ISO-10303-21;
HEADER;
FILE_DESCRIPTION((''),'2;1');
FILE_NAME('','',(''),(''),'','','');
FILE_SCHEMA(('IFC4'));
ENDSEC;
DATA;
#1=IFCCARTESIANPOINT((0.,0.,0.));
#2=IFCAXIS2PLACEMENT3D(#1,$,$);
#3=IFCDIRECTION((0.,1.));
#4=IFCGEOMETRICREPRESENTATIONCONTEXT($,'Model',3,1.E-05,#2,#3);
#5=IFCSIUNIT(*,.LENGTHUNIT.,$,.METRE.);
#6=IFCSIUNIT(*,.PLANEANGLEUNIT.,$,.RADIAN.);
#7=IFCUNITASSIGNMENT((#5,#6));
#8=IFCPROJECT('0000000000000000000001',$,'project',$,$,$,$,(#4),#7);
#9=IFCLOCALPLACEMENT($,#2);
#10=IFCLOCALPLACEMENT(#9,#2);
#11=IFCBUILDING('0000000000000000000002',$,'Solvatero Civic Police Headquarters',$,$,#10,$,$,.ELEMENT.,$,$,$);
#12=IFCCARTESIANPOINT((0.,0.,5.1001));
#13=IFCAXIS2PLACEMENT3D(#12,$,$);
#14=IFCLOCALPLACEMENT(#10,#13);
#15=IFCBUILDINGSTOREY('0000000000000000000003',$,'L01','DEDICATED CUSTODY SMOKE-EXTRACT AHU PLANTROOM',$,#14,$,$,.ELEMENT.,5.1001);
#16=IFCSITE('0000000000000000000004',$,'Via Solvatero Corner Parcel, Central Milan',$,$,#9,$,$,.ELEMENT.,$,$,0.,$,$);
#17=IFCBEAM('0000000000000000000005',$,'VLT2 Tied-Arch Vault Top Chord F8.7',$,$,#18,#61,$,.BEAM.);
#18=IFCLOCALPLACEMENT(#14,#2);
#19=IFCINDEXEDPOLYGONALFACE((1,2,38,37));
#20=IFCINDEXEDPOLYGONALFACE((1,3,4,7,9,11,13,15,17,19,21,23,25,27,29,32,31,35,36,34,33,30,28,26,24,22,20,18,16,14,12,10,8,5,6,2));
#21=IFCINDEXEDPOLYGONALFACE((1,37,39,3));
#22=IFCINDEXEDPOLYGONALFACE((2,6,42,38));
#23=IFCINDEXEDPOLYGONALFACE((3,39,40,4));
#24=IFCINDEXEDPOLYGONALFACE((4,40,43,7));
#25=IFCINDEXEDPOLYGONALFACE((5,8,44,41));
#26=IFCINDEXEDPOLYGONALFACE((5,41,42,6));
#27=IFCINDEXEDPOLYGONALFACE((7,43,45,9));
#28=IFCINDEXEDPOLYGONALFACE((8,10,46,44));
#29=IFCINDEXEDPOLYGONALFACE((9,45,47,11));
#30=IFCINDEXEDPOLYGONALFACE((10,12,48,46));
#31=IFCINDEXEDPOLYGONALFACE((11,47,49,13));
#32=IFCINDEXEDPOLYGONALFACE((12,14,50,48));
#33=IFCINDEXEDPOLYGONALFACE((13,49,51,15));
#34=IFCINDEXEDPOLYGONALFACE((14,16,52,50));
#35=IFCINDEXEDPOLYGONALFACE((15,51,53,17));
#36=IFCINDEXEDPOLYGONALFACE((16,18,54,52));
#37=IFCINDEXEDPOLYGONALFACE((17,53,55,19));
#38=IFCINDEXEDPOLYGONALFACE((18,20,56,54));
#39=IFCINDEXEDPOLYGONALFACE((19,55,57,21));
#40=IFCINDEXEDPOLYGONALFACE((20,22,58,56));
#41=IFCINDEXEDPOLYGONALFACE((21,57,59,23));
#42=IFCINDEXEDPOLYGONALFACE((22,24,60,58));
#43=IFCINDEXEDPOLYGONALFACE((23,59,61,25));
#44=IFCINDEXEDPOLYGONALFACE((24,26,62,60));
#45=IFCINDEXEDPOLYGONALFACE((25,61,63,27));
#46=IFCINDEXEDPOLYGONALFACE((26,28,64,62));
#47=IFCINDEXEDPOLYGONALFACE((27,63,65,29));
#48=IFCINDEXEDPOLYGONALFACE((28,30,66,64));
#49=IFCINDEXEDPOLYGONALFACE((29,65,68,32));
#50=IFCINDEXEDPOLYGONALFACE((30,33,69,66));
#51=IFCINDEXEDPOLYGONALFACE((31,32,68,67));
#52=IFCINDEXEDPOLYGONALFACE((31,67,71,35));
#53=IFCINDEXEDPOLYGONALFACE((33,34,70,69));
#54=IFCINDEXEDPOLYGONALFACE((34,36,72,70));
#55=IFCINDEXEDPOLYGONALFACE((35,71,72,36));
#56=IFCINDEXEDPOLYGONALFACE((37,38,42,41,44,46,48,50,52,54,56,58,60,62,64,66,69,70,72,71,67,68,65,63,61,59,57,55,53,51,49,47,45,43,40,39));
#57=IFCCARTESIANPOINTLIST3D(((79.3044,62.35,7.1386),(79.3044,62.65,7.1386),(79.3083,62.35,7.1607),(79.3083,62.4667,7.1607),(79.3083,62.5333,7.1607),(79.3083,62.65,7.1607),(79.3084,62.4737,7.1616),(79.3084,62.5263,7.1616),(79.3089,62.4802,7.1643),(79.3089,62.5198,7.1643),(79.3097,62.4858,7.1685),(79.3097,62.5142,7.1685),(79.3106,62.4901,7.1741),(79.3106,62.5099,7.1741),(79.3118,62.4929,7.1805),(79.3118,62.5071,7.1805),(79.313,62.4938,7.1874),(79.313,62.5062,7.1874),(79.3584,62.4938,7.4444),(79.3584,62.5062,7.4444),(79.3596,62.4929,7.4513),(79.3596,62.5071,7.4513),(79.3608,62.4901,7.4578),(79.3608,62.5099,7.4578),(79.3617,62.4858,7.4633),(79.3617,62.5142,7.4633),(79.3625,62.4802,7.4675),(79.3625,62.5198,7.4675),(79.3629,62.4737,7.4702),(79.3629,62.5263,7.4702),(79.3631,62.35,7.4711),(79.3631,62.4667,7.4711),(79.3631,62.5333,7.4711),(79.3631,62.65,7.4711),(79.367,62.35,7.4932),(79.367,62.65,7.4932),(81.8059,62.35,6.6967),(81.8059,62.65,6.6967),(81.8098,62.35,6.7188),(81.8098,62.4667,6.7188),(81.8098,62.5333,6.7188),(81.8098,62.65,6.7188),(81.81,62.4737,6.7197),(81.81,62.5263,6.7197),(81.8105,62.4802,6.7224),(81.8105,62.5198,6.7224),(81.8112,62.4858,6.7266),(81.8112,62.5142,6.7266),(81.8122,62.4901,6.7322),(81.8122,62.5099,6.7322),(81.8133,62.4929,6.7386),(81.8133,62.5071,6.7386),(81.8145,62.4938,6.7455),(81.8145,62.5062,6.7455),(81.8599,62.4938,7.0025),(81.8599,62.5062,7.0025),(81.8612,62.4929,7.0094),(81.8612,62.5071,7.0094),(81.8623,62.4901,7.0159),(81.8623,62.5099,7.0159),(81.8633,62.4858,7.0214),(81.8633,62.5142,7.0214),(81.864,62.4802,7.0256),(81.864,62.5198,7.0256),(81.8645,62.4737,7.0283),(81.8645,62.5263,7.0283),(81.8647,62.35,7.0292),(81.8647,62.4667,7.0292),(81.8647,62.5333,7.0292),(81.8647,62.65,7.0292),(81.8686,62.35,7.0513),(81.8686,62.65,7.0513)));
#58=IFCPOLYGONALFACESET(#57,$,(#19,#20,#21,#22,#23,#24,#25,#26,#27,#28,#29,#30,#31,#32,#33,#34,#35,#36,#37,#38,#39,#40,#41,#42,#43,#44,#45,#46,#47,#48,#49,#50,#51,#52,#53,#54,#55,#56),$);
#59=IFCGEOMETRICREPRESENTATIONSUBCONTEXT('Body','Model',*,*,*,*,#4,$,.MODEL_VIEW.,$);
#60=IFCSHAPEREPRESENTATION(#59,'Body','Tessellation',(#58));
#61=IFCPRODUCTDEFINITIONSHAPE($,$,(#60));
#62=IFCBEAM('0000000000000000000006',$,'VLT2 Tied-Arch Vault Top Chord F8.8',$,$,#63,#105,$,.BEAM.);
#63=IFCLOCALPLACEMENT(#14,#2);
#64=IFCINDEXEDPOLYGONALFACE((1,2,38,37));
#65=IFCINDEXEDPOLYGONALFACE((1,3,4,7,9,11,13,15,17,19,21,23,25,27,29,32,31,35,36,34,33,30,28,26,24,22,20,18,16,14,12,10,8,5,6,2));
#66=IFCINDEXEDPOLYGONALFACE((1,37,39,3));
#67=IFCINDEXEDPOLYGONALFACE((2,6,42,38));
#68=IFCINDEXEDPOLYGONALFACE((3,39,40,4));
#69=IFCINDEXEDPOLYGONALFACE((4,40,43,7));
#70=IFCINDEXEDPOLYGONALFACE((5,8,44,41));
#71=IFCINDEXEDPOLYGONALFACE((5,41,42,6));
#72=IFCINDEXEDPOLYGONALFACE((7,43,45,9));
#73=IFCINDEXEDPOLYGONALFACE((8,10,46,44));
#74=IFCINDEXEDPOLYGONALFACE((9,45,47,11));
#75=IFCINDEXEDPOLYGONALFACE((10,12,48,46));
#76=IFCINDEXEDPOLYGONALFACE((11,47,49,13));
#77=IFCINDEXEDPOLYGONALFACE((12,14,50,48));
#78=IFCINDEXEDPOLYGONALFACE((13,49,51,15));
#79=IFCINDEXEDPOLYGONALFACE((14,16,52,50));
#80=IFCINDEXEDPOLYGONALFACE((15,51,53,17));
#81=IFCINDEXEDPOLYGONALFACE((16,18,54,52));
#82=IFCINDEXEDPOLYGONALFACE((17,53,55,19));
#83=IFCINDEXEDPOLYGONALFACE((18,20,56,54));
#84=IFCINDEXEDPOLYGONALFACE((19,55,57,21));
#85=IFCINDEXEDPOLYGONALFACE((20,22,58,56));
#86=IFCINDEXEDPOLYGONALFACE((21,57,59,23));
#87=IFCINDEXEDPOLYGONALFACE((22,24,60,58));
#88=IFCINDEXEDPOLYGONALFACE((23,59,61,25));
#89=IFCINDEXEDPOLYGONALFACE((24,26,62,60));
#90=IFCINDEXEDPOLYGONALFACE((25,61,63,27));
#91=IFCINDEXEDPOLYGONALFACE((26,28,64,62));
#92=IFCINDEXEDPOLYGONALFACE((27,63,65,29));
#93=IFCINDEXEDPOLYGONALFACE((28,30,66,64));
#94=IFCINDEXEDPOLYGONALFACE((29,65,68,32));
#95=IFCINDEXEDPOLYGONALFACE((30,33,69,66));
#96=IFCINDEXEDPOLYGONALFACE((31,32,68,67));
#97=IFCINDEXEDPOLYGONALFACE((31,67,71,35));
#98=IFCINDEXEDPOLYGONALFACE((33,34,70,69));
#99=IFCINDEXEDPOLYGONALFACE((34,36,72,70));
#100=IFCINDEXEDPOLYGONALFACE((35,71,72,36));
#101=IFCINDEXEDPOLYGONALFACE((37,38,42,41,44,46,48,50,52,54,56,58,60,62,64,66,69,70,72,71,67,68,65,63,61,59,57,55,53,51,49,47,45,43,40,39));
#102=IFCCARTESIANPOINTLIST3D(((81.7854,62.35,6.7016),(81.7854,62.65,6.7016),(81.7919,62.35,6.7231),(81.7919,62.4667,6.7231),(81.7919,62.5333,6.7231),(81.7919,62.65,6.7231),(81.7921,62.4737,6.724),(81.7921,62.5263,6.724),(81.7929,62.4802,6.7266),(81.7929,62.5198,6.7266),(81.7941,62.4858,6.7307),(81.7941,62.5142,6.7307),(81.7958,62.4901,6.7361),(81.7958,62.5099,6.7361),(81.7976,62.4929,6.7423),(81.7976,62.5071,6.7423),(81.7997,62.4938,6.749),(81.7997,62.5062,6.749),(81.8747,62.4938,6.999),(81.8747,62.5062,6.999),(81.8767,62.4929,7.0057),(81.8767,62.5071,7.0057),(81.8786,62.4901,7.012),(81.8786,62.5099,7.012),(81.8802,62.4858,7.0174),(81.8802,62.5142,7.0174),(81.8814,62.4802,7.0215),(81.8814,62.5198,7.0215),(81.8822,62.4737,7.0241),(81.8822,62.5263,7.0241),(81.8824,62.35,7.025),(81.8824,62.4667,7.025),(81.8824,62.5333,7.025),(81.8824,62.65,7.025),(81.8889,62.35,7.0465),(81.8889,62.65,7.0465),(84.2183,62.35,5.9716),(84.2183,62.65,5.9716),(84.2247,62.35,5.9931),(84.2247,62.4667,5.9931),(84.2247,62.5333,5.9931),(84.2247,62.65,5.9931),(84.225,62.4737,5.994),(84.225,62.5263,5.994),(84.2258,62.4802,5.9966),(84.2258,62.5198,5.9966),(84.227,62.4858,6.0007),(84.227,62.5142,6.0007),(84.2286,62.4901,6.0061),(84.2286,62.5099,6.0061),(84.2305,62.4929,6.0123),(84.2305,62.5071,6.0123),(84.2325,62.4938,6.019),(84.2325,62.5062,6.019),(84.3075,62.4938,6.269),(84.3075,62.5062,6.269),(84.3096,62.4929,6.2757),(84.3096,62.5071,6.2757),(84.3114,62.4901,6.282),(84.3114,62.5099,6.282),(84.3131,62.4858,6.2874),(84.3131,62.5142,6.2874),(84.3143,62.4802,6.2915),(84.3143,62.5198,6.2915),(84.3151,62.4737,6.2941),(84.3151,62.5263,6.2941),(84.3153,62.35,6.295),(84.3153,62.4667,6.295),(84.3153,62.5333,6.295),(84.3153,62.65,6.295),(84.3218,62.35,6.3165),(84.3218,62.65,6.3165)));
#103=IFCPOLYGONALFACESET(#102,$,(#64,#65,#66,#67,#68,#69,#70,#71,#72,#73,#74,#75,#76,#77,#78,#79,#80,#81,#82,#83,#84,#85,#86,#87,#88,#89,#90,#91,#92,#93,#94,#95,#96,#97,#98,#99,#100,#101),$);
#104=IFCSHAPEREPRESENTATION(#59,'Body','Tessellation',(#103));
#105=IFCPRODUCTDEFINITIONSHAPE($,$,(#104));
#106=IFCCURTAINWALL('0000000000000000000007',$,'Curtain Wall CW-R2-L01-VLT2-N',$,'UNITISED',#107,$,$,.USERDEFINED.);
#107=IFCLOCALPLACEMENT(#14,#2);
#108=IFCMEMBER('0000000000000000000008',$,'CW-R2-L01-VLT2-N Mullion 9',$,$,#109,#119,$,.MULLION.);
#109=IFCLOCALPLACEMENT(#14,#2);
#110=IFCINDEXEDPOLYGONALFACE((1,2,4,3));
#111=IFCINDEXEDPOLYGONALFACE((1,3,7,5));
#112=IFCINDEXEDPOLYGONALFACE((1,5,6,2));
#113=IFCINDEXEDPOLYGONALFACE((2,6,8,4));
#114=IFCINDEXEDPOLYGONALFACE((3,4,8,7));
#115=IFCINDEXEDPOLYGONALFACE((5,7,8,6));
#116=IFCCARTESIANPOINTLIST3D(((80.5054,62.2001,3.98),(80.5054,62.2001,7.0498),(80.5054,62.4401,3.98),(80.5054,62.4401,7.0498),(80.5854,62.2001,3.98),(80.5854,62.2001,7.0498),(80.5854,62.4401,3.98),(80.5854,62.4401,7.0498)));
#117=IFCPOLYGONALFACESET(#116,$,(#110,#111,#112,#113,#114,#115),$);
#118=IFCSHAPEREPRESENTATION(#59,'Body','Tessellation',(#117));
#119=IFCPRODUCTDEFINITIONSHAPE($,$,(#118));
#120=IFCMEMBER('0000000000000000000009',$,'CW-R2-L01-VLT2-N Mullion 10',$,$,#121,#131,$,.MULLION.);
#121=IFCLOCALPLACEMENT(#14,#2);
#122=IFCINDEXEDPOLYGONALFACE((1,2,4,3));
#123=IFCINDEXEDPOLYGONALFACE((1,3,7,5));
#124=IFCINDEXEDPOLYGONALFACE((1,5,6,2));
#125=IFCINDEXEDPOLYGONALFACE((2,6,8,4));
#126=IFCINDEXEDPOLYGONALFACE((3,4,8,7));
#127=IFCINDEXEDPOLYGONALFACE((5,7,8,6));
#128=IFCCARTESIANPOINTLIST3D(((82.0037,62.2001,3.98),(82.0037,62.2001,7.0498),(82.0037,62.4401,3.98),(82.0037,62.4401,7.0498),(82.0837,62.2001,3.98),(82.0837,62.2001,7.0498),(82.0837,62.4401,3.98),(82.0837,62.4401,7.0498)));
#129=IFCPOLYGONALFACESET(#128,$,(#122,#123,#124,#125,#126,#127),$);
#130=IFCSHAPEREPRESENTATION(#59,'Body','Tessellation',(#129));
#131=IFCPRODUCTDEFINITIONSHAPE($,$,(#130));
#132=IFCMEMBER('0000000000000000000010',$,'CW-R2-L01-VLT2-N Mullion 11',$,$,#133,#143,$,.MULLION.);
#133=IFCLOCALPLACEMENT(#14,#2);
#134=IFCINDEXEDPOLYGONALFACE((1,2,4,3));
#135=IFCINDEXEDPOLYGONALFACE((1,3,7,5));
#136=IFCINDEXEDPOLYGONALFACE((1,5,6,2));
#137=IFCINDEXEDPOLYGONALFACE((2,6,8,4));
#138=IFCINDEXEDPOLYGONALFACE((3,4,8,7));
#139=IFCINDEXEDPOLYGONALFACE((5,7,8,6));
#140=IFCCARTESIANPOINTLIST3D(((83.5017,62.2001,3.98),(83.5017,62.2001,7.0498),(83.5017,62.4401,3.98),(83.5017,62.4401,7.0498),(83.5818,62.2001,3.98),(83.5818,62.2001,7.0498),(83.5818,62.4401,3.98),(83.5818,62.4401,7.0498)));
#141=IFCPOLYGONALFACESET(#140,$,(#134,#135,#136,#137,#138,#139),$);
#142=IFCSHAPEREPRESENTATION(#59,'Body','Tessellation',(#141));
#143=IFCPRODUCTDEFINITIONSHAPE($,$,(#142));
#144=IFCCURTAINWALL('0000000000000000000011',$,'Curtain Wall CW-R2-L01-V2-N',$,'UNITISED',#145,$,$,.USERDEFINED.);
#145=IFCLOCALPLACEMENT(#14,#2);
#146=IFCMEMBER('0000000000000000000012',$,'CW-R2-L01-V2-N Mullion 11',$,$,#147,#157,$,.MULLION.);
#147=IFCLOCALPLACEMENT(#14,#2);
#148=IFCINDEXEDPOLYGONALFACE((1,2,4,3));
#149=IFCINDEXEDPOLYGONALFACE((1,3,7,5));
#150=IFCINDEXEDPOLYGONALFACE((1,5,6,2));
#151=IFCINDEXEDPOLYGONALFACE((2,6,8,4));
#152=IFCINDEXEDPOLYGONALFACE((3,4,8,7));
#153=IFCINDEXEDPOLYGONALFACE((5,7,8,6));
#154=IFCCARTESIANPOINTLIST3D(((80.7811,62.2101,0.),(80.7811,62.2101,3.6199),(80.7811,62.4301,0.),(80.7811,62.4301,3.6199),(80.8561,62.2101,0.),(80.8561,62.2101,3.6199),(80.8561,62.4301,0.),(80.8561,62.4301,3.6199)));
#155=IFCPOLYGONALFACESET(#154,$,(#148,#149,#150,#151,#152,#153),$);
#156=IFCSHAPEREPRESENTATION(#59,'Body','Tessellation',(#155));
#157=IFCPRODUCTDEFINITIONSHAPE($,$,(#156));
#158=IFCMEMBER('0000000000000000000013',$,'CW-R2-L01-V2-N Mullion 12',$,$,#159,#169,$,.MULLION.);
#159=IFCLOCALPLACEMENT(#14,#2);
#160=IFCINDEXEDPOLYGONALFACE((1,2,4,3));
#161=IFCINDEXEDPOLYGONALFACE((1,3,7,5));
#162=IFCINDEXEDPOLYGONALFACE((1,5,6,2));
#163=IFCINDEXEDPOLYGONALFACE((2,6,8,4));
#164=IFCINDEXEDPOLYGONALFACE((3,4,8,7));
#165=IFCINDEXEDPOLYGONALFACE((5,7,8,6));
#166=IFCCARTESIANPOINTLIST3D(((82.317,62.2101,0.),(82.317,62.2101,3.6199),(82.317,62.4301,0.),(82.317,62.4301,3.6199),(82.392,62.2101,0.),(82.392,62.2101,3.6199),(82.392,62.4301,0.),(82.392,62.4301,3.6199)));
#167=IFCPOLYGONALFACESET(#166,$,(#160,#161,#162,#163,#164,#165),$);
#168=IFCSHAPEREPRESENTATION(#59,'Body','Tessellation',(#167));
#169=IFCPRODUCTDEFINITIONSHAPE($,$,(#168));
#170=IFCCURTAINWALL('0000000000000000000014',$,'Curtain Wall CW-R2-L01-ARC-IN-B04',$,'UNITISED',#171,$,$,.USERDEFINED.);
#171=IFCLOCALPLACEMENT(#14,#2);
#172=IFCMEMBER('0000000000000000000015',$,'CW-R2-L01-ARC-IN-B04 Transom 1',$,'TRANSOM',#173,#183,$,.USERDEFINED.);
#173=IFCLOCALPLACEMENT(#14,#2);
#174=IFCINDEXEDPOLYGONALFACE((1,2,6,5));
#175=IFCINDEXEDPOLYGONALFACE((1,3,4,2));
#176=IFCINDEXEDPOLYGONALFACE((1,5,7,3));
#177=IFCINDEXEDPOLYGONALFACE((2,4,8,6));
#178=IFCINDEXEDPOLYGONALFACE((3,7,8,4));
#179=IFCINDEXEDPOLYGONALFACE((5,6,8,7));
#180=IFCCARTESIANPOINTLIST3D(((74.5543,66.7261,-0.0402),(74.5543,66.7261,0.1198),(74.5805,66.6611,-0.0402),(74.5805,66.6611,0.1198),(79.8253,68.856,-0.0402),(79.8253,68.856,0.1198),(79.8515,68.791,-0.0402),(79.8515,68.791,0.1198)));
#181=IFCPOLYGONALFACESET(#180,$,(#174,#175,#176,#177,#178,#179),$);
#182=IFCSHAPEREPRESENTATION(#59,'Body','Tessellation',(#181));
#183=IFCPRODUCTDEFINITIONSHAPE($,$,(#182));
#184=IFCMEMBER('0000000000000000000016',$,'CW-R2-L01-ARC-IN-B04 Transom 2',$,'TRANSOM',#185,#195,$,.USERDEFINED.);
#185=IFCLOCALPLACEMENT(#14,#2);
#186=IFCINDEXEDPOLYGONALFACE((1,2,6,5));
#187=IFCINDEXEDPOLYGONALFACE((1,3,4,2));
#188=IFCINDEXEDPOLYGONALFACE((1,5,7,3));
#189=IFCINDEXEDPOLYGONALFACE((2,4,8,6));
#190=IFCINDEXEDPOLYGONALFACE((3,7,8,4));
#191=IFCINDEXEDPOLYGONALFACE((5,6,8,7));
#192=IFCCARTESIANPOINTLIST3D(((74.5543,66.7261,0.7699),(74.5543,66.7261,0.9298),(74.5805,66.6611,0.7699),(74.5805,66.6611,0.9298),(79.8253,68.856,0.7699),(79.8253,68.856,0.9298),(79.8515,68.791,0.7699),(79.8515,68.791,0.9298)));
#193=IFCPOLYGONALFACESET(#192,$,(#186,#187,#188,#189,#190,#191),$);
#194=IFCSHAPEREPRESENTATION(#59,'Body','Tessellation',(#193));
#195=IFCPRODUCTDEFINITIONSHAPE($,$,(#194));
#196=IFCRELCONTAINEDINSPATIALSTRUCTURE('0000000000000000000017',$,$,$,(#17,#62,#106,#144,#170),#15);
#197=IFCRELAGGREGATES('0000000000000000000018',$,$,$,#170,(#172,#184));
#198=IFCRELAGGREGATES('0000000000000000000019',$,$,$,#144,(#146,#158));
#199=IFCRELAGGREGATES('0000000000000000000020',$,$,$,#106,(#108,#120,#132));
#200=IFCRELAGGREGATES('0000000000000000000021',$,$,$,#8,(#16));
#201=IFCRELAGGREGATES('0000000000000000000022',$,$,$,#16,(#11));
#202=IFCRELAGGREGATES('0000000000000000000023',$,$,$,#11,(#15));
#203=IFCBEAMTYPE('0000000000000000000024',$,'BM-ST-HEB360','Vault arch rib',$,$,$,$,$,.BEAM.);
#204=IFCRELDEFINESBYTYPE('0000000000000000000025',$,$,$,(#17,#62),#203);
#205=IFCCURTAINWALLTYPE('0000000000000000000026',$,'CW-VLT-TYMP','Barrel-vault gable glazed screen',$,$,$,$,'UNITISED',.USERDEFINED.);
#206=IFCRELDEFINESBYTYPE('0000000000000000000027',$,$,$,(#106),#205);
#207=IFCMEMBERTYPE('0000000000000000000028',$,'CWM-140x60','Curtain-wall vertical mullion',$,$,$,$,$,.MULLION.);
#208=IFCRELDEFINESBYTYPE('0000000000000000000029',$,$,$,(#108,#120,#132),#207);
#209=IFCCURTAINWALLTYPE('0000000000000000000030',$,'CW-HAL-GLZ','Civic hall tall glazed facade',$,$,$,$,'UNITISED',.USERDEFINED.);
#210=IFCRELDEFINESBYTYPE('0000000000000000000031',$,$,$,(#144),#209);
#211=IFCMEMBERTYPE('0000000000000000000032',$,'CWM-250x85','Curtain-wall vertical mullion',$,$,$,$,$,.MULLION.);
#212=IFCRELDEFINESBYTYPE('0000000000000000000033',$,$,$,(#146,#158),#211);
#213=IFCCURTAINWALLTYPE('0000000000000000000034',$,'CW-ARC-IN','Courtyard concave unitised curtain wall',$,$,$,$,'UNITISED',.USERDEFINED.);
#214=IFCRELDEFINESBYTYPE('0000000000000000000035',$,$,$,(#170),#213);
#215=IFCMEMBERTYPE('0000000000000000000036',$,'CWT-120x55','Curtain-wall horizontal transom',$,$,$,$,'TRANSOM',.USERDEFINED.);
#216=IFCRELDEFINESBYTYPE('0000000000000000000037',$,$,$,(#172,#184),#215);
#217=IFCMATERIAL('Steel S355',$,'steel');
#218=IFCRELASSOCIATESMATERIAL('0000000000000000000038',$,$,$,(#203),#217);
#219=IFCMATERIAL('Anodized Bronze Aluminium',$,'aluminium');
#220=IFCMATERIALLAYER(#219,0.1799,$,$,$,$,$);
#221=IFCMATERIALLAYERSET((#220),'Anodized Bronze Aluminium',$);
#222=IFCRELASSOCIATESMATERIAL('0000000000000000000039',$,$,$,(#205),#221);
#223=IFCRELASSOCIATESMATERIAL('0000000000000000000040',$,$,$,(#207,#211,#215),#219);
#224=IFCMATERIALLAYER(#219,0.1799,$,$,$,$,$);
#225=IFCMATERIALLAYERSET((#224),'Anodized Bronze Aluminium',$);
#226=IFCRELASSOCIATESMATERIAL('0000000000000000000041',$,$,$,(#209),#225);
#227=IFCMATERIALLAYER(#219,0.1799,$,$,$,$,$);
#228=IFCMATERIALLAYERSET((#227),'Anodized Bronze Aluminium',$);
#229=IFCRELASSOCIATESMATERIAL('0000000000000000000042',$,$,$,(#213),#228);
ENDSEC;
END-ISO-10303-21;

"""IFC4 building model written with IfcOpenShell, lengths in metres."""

from ifc_helpers import new_model, si_unit, direction, frame, origin, origin_2d, place, context, subcontext, project, spatial, rectangle, i_section, extrude, material, layer, layer_set, material_profile, profile_set, type_object, element, aggregate, save


model = new_model("IFC4")

# Units and contexts
model_context = context("Model", 3, precision=1e-05, world=origin(), true_north=direction((0.0, 1.0)))
body_context = subcontext(model_context, "Body", "Model", "MODEL_VIEW")
ifc_project = project(units=[si_unit("LENGTHUNIT", "METRE"), si_unit("PLANEANGLEUNIT", "RADIAN")], contexts=[model_context])

# Site, building, storey
site_placement = place(None, origin())
site = spatial("IfcSite", under=ifc_project, at=site_placement, Name="Via Solvatero Corner Parcel, Central Milan", CompositionType="ELEMENT", RefElevation=0.0)
building_placement = place(site_placement, origin())
building = spatial("IfcBuilding", under=site, at=building_placement, Name="Solvatero Civic Police Headquarters", CompositionType="ELEMENT")
storey_placement = place(building_placement, frame((0.0, 0.0, 5.1001)))
storey = spatial("IfcBuildingStorey", under=building, at=storey_placement, Name="L01", Description="DEDICATED CUSTODY SMOKE-EXTRACT AHU PLANTROOM", CompositionType="ELEMENT", Elevation=5.1001)

# Beams
ifc_material_1 = material(Name="Steel S355", Category="steel")
ifc_material_profile_1 = material_profile(ifc_material_1, i_section(OverallWidth=0.3, OverallDepth=0.3601, WebThickness=0.0125, FlangeThickness=0.0225, FilletRadius=0.0271, at=origin_2d()), Name="HEB 360")
ifc_profile_set_1 = profile_set([ifc_material_profile_1], Name="Steel S355")
beam_type = type_object("IfcBeamType", Name="BM-ST-HEB360", Description="Vault arch rib", PredefinedType="BEAM", material=ifc_profile_set_1)
beam_1_placement = place(storey_placement, frame((79.3357, 62.5, 7.3159), z_axis=(0.984753, 0.0, -0.173961), x_axis=(0.0, 1.0, 0.0)))
element("IfcBeam", 1, at=beam_1_placement, inside=storey, type_object=beam_type, Name="VLT2 Tied-Arch Vault Top Chord F8.7", PredefinedType="BEAM", context=body_context, shape_type="SweptSolid", body=[
    extrude(i_section(OverallWidth=0.3, OverallDepth=0.3601, WebThickness=0.0125, FlangeThickness=0.0225, FilletRadius=0.0271, at=origin_2d()), origin(), (0.0, 0.0, 1.0), 2.5403),
])
beam_2_placement = place(storey_placement, frame((81.8372, 62.5, 6.874), z_axis=(0.957813, 0.0, -0.287392), x_axis=(0.0, 1.0, 0.0)))
element("IfcBeam", 2, at=beam_2_placement, inside=storey, type_object=beam_type, Name="VLT2 Tied-Arch Vault Top Chord F8.8", PredefinedType="BEAM", context=body_context, shape_type="SweptSolid", body=[
    extrude(i_section(OverallWidth=0.3, OverallDepth=0.3601, WebThickness=0.0125, FlangeThickness=0.0225, FilletRadius=0.0271, at=origin_2d()), origin(), (0.0, 0.0, 1.0), 2.54),
])

# Curtain walls, members
ifc_material_2 = material(Name="Anodized Bronze Aluminium", Category="aluminium")
ifc_layer_1 = layer(ifc_material_2, 0.1799)
ifc_layer_set_1 = layer_set([ifc_layer_1], Name="Anodized Bronze Aluminium")
curtain_wall_type_1 = type_object("IfcCurtainWallType", Name="CW-VLT-TYMP", Description="Barrel-vault gable glazed screen", ElementType="UNITISED", PredefinedType="USERDEFINED", material=ifc_layer_set_1)
curtain_wall_1_placement = place(storey_placement, origin())
curtain_wall_1 = element("IfcCurtainWall", 3, at=curtain_wall_1_placement, inside=storey, type_object=curtain_wall_type_1, Name="Curtain Wall CW-R2-L01-VLT2-N", ObjectType="UNITISED", PredefinedType="USERDEFINED")
ifc_material_profile_2 = material_profile(ifc_material_2, rectangle(XDim=0.0801, YDim=0.24, at=origin_2d()), Name="ALU MULLION 80x240")
ifc_profile_set_2 = profile_set([ifc_material_profile_2], Name="Anodized Bronze Aluminium")
member_type_1 = type_object("IfcMemberType", Name="CWM-140x60", Description="Curtain-wall vertical mullion", PredefinedType="MULLION", material=ifc_profile_set_2)
member_1_placement = place(storey_placement, frame((80.5454, 62.3201, 3.98), z_axis=(0.0, 0.0, 1.0), x_axis=(1.0, 0.0, 0.0)))
member_1 = element("IfcMember", 4, at=member_1_placement, type_object=member_type_1, Name="CW-R2-L01-VLT2-N Mullion 9", PredefinedType="MULLION", context=body_context, shape_type="SweptSolid", body=[
    extrude(rectangle(XDim=0.0801, YDim=0.24, at=origin_2d()), origin(), (0.0, 0.0, 1.0), 3.0698),
])
member_2_placement = place(storey_placement, frame((82.0437, 62.3201, 3.98), z_axis=(0.0, 0.0, 1.0), x_axis=(1.0, 0.0, 0.0)))
member_2 = element("IfcMember", 5, at=member_2_placement, type_object=member_type_1, Name="CW-R2-L01-VLT2-N Mullion 10", PredefinedType="MULLION", context=body_context, shape_type="SweptSolid", body=[
    extrude(rectangle(XDim=0.0801, YDim=0.24, at=origin_2d()), origin(), (0.0, 0.0, 1.0), 3.0698),
])
member_3_placement = place(storey_placement, frame((83.5417, 62.3201, 3.98), z_axis=(0.0, 0.0, 1.0), x_axis=(1.0, 0.0, 0.0)))
member_3 = element("IfcMember", 6, at=member_3_placement, type_object=member_type_1, Name="CW-R2-L01-VLT2-N Mullion 11", PredefinedType="MULLION", context=body_context, shape_type="SweptSolid", body=[
    extrude(rectangle(XDim=0.0801, YDim=0.24, at=origin_2d()), origin(), (0.0, 0.0, 1.0), 3.0698),
])
ifc_layer_2 = layer(ifc_material_2, 0.1799)
ifc_layer_set_2 = layer_set([ifc_layer_2], Name="Anodized Bronze Aluminium")
curtain_wall_type_2 = type_object("IfcCurtainWallType", Name="CW-HAL-GLZ", Description="Civic hall tall glazed facade", ElementType="UNITISED", PredefinedType="USERDEFINED", material=ifc_layer_set_2)
curtain_wall_2_placement = place(storey_placement, origin())
curtain_wall_2 = element("IfcCurtainWall", 7, at=curtain_wall_2_placement, inside=storey, type_object=curtain_wall_type_2, Name="Curtain Wall CW-R2-L01-V2-N", ObjectType="UNITISED", PredefinedType="USERDEFINED")
ifc_material_profile_3 = material_profile(ifc_material_2, rectangle(XDim=0.075, YDim=0.22, at=origin_2d()), Name="ALU MULLION 75x220")
ifc_profile_set_3 = profile_set([ifc_material_profile_3], Name="Anodized Bronze Aluminium")
member_type_2 = type_object("IfcMemberType", Name="CWM-250x85", Description="Curtain-wall vertical mullion", PredefinedType="MULLION", material=ifc_profile_set_3)
member_4_placement = place(storey_placement, frame((80.8186, 62.3201, 0.0), z_axis=(0.0, 0.0, 1.0), x_axis=(1.0, 0.0, 0.0)))
member_4 = element("IfcMember", 8, at=member_4_placement, type_object=member_type_2, Name="CW-R2-L01-V2-N Mullion 11", PredefinedType="MULLION", context=body_context, shape_type="SweptSolid", body=[
    extrude(rectangle(XDim=0.075, YDim=0.22, at=origin_2d()), origin(), (0.0, 0.0, 1.0), 3.6199),
])
member_5_placement = place(storey_placement, frame((82.3545, 62.3201, 0.0), z_axis=(0.0, 0.0, 1.0), x_axis=(1.0, 0.0, 0.0)))
member_5 = element("IfcMember", 9, at=member_5_placement, type_object=member_type_2, Name="CW-R2-L01-V2-N Mullion 12", PredefinedType="MULLION", context=body_context, shape_type="SweptSolid", body=[
    extrude(rectangle(XDim=0.075, YDim=0.22, at=origin_2d()), origin(), (0.0, 0.0, 1.0), 3.6199),
])
ifc_layer_3 = layer(ifc_material_2, 0.1799)
ifc_layer_set_3 = layer_set([ifc_layer_3], Name="Anodized Bronze Aluminium")
curtain_wall_type_3 = type_object("IfcCurtainWallType", Name="CW-ARC-IN", Description="Courtyard concave unitised curtain wall", ElementType="UNITISED", PredefinedType="USERDEFINED", material=ifc_layer_set_3)
curtain_wall_3_placement = place(storey_placement, origin())
curtain_wall_3 = element("IfcCurtainWall", 10, at=curtain_wall_3_placement, inside=storey, type_object=curtain_wall_type_3, Name="Curtain Wall CW-R2-L01-ARC-IN-B04", ObjectType="UNITISED", PredefinedType="USERDEFINED")
ifc_material_profile_4 = material_profile(ifc_material_2, rectangle(XDim=0.0701, YDim=0.1599, at=origin_2d()), Name="ALU TRANSOM 70x160")
ifc_profile_set_4 = profile_set([ifc_material_profile_4], Name="Anodized Bronze Aluminium")
member_type_3 = type_object("IfcMemberType", Name="CWT-120x55", Description="Curtain-wall horizontal transom", ElementType="TRANSOM", PredefinedType="USERDEFINED", material=ifc_profile_set_4)
member_6_placement = place(storey_placement, frame((79.8384, 68.8235, 0.0398), z_axis=(-0.927168, -0.374646, 0.0), x_axis=(0.374646, -0.927168, 0.0)))
member_6 = element("IfcMember", 11, at=member_6_placement, type_object=member_type_3, Name="CW-R2-L01-ARC-IN-B04 Transom 1", ObjectType="TRANSOM", PredefinedType="USERDEFINED", context=body_context, shape_type="SweptSolid", body=[
    extrude(rectangle(XDim=0.0701, YDim=0.1599, at=origin_2d()), origin(), (0.0, 0.0, 1.0), 5.6851),
])
member_7_placement = place(storey_placement, frame((79.8384, 68.8235, 0.8499), z_axis=(-0.927168, -0.374646, 0.0), x_axis=(0.374646, -0.927168, 0.0)))
member_7 = element("IfcMember", 12, at=member_7_placement, type_object=member_type_3, Name="CW-R2-L01-ARC-IN-B04 Transom 2", ObjectType="TRANSOM", PredefinedType="USERDEFINED", context=body_context, shape_type="SweptSolid", body=[
    extrude(rectangle(XDim=0.0701, YDim=0.1599, at=origin_2d()), origin(), (0.0, 0.0, 1.0), 5.6851),
])
aggregate(curtain_wall_3, [member_6, member_7])

aggregate(curtain_wall_2, [member_4, member_5])
aggregate(curtain_wall_1, [member_1, member_2, member_3])

save(model, "model.ifc")
